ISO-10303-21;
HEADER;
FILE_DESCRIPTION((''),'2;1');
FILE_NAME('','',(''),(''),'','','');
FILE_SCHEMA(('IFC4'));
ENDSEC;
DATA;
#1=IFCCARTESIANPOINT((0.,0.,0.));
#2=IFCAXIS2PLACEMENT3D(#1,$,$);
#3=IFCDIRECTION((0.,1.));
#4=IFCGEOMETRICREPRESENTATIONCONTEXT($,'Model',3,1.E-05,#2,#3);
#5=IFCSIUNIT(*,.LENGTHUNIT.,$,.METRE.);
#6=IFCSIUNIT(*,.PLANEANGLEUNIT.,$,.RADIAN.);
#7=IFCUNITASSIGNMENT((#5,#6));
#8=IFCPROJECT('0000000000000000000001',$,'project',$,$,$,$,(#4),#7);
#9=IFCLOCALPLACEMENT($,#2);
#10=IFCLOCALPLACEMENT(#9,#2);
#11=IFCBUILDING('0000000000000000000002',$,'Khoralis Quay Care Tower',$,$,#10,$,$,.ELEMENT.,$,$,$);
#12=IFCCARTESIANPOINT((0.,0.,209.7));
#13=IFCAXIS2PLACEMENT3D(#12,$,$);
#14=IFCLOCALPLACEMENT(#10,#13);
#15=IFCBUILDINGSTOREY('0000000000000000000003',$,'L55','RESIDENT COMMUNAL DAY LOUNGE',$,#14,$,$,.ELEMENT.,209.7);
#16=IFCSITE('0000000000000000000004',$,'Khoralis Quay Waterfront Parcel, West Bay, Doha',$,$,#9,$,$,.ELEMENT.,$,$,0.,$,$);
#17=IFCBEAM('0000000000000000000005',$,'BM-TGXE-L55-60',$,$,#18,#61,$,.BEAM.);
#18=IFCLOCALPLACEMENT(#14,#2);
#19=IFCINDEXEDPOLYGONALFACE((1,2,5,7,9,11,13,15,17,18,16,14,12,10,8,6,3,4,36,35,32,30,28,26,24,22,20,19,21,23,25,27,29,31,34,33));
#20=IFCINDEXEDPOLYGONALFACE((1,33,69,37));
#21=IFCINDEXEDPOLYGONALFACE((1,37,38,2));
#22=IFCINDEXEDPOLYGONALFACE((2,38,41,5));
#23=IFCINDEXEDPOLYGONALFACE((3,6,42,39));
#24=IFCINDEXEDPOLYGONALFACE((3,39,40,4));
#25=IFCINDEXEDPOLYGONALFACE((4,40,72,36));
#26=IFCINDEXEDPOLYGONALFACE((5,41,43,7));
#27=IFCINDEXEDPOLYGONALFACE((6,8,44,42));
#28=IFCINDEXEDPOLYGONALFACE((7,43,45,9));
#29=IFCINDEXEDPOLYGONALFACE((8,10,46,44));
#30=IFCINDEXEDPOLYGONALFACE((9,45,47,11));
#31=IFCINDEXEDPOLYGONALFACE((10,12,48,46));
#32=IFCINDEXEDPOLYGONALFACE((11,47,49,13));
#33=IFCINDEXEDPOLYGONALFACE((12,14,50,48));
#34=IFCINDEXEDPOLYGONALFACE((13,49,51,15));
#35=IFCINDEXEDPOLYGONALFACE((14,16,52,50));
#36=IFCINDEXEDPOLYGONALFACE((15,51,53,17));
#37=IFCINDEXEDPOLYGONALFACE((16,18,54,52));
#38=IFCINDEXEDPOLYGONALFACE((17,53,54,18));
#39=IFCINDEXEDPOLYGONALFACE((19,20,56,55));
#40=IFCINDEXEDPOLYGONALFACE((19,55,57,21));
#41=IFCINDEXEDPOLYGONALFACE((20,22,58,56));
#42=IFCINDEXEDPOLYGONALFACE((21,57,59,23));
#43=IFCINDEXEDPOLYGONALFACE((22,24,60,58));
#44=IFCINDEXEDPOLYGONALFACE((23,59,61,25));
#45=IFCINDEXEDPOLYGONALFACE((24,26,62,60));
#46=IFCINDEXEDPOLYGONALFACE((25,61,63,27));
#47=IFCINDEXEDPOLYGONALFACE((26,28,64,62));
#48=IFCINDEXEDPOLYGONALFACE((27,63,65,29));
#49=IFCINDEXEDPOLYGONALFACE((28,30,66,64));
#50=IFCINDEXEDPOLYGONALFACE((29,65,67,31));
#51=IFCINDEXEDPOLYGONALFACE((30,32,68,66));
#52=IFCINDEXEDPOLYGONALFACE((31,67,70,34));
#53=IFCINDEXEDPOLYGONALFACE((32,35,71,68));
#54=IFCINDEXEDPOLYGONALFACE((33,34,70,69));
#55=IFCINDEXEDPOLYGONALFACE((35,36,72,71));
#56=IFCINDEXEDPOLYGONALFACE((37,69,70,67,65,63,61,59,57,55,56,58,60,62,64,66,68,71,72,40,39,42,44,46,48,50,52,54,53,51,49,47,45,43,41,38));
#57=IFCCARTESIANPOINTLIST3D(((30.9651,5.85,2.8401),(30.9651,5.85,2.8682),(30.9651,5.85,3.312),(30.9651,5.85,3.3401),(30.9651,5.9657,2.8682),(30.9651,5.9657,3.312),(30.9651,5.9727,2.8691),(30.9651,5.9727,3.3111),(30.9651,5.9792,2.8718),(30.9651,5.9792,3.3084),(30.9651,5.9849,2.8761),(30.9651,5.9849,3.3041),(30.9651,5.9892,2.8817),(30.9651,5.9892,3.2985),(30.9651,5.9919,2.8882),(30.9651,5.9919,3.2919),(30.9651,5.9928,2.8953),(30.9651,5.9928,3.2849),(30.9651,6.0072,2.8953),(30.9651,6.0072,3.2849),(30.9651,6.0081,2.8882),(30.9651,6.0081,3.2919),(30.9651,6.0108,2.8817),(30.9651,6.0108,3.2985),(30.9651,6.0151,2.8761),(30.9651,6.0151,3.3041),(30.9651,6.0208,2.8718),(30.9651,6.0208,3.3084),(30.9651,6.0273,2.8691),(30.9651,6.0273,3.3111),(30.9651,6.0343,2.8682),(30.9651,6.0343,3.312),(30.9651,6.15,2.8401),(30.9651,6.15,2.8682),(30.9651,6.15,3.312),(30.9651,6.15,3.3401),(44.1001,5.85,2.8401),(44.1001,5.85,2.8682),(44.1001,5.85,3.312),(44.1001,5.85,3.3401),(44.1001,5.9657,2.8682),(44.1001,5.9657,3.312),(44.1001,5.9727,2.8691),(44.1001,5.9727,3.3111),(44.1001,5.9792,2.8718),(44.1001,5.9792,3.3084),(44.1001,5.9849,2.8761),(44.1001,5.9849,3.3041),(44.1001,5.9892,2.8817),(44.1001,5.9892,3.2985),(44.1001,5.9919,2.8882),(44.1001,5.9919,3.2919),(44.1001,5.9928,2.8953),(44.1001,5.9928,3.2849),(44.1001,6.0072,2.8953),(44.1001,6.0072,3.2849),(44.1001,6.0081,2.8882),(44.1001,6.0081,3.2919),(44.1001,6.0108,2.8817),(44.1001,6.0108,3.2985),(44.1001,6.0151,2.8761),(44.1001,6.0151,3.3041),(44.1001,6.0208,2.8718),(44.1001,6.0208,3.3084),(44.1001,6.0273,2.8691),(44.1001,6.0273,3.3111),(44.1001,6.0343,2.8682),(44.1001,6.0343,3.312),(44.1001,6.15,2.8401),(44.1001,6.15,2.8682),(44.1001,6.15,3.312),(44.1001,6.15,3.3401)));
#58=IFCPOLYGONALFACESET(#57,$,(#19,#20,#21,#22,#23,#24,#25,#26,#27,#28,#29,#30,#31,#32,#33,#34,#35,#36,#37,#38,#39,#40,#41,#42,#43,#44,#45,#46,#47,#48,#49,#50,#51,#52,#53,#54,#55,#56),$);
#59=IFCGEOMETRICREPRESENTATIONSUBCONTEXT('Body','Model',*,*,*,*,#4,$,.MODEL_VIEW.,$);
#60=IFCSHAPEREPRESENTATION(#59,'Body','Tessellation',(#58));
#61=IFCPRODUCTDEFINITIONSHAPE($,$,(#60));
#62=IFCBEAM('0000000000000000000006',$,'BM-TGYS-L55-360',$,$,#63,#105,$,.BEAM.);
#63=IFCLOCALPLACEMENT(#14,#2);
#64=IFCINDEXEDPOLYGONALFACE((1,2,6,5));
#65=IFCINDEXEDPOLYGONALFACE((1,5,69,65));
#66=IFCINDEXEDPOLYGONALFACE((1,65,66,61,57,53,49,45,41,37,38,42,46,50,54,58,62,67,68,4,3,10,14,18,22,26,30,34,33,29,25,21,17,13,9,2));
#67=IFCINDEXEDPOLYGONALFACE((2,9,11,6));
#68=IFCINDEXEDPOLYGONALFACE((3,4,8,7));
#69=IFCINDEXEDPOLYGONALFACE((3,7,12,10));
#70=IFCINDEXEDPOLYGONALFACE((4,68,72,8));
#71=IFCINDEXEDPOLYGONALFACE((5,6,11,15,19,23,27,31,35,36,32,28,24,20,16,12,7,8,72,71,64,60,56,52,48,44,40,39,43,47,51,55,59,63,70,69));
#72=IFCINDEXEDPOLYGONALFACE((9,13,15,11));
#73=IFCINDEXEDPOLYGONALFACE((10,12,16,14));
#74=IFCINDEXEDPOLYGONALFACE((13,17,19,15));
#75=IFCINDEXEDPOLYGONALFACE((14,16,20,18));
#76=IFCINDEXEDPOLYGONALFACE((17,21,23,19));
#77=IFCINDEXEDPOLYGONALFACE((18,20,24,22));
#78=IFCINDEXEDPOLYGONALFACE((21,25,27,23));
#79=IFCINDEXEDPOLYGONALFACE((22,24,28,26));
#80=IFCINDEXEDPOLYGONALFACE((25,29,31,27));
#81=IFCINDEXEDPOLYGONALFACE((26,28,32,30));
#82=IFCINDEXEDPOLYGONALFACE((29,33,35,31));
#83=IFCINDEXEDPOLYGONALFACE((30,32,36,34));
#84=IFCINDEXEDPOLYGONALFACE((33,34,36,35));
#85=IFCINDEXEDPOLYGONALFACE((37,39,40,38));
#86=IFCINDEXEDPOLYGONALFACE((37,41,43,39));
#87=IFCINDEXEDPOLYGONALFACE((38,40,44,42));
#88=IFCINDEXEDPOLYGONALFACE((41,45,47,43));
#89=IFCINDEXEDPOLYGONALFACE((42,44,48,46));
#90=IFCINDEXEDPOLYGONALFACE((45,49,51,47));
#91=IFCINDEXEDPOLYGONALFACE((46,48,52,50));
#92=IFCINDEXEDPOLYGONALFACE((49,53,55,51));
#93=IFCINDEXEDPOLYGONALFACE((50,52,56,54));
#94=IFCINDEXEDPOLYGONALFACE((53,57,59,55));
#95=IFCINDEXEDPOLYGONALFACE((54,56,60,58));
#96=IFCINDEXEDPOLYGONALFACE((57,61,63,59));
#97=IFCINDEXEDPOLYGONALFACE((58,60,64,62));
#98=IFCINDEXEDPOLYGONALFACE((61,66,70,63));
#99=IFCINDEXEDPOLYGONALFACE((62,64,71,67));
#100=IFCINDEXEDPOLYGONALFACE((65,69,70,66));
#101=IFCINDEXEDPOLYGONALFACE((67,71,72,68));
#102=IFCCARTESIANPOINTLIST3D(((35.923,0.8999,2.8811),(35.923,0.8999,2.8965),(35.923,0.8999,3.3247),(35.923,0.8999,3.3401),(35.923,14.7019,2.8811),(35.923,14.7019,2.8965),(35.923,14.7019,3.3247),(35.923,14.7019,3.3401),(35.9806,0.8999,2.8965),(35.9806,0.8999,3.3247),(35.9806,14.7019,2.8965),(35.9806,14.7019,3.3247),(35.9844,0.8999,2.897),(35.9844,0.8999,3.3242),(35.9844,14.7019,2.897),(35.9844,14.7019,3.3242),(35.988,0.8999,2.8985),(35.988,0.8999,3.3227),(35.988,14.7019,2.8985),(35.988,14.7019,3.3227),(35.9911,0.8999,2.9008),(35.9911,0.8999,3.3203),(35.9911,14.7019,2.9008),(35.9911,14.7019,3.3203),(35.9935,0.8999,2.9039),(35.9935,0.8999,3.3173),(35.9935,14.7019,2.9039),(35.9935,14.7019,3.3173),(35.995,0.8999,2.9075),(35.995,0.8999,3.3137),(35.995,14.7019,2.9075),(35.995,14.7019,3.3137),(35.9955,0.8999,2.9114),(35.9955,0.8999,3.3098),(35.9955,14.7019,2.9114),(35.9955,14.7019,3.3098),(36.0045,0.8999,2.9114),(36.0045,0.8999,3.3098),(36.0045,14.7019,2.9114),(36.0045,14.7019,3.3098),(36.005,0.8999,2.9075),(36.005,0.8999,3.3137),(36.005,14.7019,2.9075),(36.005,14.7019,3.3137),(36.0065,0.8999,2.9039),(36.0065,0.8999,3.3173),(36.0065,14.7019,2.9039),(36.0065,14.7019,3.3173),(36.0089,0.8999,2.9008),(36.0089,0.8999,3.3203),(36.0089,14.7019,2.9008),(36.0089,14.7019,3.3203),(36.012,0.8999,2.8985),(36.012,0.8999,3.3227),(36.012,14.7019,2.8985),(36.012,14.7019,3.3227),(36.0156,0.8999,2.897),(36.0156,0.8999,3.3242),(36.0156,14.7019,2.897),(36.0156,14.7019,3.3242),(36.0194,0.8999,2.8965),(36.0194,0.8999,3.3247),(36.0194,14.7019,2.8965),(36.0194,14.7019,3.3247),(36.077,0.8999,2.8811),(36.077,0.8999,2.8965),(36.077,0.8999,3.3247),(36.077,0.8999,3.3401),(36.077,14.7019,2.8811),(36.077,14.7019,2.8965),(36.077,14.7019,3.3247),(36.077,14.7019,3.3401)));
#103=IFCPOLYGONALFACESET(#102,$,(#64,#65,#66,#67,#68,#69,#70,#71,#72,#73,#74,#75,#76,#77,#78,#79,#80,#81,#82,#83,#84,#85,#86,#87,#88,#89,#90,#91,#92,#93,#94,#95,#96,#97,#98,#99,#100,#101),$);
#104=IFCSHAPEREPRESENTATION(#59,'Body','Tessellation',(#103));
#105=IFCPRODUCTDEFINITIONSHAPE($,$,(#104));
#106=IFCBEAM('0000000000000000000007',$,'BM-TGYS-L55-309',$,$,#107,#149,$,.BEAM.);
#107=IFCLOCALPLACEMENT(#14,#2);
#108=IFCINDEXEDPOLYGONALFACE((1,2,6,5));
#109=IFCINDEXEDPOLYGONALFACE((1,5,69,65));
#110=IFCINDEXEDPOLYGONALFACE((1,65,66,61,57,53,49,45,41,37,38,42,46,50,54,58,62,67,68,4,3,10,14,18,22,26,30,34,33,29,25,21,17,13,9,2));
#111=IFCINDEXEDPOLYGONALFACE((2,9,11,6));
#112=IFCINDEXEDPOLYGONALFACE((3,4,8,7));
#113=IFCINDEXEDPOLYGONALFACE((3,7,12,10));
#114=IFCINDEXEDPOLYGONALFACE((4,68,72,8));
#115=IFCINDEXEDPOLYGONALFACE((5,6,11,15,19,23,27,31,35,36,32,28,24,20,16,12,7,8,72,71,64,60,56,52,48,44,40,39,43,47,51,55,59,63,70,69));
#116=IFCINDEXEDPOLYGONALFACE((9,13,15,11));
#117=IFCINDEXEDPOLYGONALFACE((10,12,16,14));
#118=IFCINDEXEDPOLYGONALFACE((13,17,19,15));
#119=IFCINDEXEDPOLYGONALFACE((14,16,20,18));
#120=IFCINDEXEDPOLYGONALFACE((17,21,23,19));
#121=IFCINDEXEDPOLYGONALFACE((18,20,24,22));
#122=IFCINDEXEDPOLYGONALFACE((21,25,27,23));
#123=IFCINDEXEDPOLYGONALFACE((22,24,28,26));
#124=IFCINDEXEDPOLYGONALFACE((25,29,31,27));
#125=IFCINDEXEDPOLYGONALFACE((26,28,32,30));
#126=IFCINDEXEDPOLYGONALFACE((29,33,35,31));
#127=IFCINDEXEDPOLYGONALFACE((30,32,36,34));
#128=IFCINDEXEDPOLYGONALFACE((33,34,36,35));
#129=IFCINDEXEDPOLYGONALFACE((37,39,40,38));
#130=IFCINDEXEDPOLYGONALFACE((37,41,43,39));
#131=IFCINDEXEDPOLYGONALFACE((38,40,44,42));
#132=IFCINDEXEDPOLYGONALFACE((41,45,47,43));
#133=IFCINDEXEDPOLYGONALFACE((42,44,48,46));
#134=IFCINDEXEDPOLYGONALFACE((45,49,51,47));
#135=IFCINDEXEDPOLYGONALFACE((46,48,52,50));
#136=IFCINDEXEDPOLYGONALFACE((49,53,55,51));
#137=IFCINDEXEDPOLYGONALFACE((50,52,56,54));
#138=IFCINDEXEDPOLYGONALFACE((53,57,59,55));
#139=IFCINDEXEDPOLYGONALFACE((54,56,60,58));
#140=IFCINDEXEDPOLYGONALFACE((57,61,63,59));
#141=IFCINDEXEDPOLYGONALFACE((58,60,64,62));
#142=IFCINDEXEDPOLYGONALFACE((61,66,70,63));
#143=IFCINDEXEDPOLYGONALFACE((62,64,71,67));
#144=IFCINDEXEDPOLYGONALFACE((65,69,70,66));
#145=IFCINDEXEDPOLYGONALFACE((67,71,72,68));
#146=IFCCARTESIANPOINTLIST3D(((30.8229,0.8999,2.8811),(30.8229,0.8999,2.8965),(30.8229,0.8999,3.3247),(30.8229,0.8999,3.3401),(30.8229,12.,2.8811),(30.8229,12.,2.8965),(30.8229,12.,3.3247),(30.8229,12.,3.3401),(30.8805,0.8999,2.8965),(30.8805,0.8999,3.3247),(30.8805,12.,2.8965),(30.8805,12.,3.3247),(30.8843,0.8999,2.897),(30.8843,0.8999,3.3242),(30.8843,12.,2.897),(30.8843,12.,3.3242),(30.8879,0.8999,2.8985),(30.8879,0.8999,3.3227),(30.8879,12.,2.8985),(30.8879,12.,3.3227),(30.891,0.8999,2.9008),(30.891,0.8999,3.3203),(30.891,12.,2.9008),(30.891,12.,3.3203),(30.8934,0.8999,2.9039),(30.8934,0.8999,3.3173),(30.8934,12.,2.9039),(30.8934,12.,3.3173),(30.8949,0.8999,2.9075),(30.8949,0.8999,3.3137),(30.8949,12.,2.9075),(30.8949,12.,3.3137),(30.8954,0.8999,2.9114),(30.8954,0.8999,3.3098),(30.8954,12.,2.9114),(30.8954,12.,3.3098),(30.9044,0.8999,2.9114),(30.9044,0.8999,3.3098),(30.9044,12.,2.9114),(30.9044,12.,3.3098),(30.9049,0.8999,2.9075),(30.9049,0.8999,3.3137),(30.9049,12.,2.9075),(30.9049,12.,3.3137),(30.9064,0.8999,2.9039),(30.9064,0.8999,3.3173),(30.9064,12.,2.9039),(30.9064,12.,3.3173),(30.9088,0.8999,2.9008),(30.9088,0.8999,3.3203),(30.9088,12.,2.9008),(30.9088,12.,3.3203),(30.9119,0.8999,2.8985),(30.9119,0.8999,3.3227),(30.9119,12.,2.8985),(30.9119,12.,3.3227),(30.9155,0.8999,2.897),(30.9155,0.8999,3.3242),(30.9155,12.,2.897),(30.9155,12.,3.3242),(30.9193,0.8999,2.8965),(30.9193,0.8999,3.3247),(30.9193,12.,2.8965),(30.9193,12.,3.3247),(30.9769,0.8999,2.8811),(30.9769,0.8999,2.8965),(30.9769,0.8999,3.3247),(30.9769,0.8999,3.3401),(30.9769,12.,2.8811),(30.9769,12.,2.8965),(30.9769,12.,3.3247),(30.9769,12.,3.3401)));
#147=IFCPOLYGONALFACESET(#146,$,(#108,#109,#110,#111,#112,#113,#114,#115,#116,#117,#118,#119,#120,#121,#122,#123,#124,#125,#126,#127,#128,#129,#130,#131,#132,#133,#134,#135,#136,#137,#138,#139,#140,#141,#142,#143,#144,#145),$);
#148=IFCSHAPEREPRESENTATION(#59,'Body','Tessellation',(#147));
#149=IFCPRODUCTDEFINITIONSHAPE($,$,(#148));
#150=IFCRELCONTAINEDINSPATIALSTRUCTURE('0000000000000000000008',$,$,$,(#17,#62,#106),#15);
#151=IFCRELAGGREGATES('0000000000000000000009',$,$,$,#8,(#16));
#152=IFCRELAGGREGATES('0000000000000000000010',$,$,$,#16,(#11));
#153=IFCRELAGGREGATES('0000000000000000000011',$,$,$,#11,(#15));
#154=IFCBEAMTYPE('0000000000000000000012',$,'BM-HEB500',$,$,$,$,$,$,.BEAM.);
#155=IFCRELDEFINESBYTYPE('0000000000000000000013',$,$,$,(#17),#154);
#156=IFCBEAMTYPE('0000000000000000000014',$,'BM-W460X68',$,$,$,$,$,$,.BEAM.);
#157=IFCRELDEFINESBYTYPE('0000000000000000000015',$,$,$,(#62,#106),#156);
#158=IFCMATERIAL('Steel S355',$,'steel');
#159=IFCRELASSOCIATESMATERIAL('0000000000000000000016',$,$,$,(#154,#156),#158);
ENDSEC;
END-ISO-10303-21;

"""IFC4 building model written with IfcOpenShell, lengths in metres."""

from ifc_helpers import new_model, si_unit, direction, frame, origin, origin_2d, place, context, subcontext, project, spatial, i_section, extrude, source, transform, mapped, material, material_profile, profile_set, type_object, element, save


model = new_model("IFC4")

# Units and contexts
model_context = context("Model", 3, precision=1e-05, world=origin(), true_north=direction((0.0, 1.0)))
body_context = subcontext(model_context, "Body", "Model", "MODEL_VIEW")
ifc_project = project(units=[si_unit("LENGTHUNIT", "METRE"), si_unit("PLANEANGLEUNIT", "RADIAN")], contexts=[model_context])

# Site, building, storey
site_placement = place(None, origin())
site = spatial("IfcSite", under=ifc_project, at=site_placement, Name="Khoralis Quay Waterfront Parcel, West Bay, Doha", CompositionType="ELEMENT", RefElevation=0.0)
building_placement = place(site_placement, origin())
building = spatial("IfcBuilding", under=site, at=building_placement, Name="Khoralis Quay Care Tower", CompositionType="ELEMENT")
storey_placement = place(building_placement, frame((0.0, 0.0, 209.7)))
storey = spatial("IfcBuildingStorey", under=building, at=storey_placement, Name="L55", Description="RESIDENT COMMUNAL DAY LOUNGE", CompositionType="ELEMENT", Elevation=209.7)

# Beams
ifc_material_1 = material(Name="Steel S355", Category="steel")
ifc_material_profile_1 = material_profile(ifc_material_1, i_section(OverallWidth=0.3, OverallDepth=0.5, WebThickness=0.0144, FlangeThickness=0.0281, FilletRadius=0.0271, at=origin_2d()), Name="Steel S355")
ifc_profile_set_1 = profile_set([ifc_material_profile_1], Name="Steel S355")
beam_type_1 = type_object("IfcBeamType", Name="BM-HEB500", PredefinedType="BEAM", material=ifc_profile_set_1)
shared_shape_1 = source(origin(), body_context, "Body", "SweptSolid", [
    extrude(i_section(OverallWidth=0.3, OverallDepth=0.5, WebThickness=0.0144, FlangeThickness=0.0281, FilletRadius=0.0271, at=origin_2d()), origin(), (0.0, 0.0, 1.0), 13.135),
])
beam_1_placement = place(storey_placement, frame((30.9651, 6.0, 3.0901), z_axis=(1.0, 0.0, 0.0), x_axis=(0.0, 1.0, 0.0)))
element("IfcBeam", 1, at=beam_1_placement, inside=storey, type_object=beam_type_1, Name="BM-TGXE-L55-60", PredefinedType="BEAM", context=body_context, shape_type="MappedRepresentation", body=[
    mapped(shared_shape_1, transform((0.0, 0.0, 0.0), scale=1.0)),
])
ifc_material_profile_2 = material_profile(ifc_material_1, i_section(OverallWidth=0.1541, OverallDepth=0.459, WebThickness=0.009, FlangeThickness=0.0154, FilletRadius=0.0149, at=origin_2d()), Name="Steel S355")
ifc_profile_set_2 = profile_set([ifc_material_profile_2], Name="Steel S355")
beam_type_2 = type_object("IfcBeamType", Name="BM-W460X68", PredefinedType="BEAM", material=ifc_profile_set_2)
shared_shape_2 = source(origin(), body_context, "Body", "SweptSolid", [
    extrude(i_section(OverallWidth=0.1541, OverallDepth=0.459, WebThickness=0.009, FlangeThickness=0.0154, FilletRadius=0.0149, at=origin_2d()), origin(), (0.0, 0.0, 1.0), 13.802),
])
beam_2_placement = place(storey_placement, frame((36.0, 0.8999, 3.1106), z_axis=(0.0, 1.0, 0.0), x_axis=(-1.0, 0.0, 0.0)))
element("IfcBeam", 2, at=beam_2_placement, inside=storey, type_object=beam_type_2, Name="BM-TGYS-L55-360", PredefinedType="BEAM", context=body_context, shape_type="MappedRepresentation", body=[
    mapped(shared_shape_2, transform((0.0, 0.0, 0.0), scale=1.0)),
])
shared_shape_3 = source(origin(), body_context, "Body", "SweptSolid", [
    extrude(i_section(OverallWidth=0.1541, OverallDepth=0.459, WebThickness=0.009, FlangeThickness=0.0154, FilletRadius=0.0149, at=origin_2d()), origin(), (0.0, 0.0, 1.0), 11.1001),
])
beam_3_placement = place(storey_placement, frame((30.8999, 0.8999, 3.1106), z_axis=(0.0, 1.0, 0.0), x_axis=(-1.0, 0.0, 0.0)))
element("IfcBeam", 3, at=beam_3_placement, inside=storey, type_object=beam_type_2, Name="BM-TGYS-L55-309", PredefinedType="BEAM", context=body_context, shape_type="MappedRepresentation", body=[
    mapped(shared_shape_3, transform((0.0, 0.0, 0.0), scale=1.0)),
])

save(model, "model.ifc")
